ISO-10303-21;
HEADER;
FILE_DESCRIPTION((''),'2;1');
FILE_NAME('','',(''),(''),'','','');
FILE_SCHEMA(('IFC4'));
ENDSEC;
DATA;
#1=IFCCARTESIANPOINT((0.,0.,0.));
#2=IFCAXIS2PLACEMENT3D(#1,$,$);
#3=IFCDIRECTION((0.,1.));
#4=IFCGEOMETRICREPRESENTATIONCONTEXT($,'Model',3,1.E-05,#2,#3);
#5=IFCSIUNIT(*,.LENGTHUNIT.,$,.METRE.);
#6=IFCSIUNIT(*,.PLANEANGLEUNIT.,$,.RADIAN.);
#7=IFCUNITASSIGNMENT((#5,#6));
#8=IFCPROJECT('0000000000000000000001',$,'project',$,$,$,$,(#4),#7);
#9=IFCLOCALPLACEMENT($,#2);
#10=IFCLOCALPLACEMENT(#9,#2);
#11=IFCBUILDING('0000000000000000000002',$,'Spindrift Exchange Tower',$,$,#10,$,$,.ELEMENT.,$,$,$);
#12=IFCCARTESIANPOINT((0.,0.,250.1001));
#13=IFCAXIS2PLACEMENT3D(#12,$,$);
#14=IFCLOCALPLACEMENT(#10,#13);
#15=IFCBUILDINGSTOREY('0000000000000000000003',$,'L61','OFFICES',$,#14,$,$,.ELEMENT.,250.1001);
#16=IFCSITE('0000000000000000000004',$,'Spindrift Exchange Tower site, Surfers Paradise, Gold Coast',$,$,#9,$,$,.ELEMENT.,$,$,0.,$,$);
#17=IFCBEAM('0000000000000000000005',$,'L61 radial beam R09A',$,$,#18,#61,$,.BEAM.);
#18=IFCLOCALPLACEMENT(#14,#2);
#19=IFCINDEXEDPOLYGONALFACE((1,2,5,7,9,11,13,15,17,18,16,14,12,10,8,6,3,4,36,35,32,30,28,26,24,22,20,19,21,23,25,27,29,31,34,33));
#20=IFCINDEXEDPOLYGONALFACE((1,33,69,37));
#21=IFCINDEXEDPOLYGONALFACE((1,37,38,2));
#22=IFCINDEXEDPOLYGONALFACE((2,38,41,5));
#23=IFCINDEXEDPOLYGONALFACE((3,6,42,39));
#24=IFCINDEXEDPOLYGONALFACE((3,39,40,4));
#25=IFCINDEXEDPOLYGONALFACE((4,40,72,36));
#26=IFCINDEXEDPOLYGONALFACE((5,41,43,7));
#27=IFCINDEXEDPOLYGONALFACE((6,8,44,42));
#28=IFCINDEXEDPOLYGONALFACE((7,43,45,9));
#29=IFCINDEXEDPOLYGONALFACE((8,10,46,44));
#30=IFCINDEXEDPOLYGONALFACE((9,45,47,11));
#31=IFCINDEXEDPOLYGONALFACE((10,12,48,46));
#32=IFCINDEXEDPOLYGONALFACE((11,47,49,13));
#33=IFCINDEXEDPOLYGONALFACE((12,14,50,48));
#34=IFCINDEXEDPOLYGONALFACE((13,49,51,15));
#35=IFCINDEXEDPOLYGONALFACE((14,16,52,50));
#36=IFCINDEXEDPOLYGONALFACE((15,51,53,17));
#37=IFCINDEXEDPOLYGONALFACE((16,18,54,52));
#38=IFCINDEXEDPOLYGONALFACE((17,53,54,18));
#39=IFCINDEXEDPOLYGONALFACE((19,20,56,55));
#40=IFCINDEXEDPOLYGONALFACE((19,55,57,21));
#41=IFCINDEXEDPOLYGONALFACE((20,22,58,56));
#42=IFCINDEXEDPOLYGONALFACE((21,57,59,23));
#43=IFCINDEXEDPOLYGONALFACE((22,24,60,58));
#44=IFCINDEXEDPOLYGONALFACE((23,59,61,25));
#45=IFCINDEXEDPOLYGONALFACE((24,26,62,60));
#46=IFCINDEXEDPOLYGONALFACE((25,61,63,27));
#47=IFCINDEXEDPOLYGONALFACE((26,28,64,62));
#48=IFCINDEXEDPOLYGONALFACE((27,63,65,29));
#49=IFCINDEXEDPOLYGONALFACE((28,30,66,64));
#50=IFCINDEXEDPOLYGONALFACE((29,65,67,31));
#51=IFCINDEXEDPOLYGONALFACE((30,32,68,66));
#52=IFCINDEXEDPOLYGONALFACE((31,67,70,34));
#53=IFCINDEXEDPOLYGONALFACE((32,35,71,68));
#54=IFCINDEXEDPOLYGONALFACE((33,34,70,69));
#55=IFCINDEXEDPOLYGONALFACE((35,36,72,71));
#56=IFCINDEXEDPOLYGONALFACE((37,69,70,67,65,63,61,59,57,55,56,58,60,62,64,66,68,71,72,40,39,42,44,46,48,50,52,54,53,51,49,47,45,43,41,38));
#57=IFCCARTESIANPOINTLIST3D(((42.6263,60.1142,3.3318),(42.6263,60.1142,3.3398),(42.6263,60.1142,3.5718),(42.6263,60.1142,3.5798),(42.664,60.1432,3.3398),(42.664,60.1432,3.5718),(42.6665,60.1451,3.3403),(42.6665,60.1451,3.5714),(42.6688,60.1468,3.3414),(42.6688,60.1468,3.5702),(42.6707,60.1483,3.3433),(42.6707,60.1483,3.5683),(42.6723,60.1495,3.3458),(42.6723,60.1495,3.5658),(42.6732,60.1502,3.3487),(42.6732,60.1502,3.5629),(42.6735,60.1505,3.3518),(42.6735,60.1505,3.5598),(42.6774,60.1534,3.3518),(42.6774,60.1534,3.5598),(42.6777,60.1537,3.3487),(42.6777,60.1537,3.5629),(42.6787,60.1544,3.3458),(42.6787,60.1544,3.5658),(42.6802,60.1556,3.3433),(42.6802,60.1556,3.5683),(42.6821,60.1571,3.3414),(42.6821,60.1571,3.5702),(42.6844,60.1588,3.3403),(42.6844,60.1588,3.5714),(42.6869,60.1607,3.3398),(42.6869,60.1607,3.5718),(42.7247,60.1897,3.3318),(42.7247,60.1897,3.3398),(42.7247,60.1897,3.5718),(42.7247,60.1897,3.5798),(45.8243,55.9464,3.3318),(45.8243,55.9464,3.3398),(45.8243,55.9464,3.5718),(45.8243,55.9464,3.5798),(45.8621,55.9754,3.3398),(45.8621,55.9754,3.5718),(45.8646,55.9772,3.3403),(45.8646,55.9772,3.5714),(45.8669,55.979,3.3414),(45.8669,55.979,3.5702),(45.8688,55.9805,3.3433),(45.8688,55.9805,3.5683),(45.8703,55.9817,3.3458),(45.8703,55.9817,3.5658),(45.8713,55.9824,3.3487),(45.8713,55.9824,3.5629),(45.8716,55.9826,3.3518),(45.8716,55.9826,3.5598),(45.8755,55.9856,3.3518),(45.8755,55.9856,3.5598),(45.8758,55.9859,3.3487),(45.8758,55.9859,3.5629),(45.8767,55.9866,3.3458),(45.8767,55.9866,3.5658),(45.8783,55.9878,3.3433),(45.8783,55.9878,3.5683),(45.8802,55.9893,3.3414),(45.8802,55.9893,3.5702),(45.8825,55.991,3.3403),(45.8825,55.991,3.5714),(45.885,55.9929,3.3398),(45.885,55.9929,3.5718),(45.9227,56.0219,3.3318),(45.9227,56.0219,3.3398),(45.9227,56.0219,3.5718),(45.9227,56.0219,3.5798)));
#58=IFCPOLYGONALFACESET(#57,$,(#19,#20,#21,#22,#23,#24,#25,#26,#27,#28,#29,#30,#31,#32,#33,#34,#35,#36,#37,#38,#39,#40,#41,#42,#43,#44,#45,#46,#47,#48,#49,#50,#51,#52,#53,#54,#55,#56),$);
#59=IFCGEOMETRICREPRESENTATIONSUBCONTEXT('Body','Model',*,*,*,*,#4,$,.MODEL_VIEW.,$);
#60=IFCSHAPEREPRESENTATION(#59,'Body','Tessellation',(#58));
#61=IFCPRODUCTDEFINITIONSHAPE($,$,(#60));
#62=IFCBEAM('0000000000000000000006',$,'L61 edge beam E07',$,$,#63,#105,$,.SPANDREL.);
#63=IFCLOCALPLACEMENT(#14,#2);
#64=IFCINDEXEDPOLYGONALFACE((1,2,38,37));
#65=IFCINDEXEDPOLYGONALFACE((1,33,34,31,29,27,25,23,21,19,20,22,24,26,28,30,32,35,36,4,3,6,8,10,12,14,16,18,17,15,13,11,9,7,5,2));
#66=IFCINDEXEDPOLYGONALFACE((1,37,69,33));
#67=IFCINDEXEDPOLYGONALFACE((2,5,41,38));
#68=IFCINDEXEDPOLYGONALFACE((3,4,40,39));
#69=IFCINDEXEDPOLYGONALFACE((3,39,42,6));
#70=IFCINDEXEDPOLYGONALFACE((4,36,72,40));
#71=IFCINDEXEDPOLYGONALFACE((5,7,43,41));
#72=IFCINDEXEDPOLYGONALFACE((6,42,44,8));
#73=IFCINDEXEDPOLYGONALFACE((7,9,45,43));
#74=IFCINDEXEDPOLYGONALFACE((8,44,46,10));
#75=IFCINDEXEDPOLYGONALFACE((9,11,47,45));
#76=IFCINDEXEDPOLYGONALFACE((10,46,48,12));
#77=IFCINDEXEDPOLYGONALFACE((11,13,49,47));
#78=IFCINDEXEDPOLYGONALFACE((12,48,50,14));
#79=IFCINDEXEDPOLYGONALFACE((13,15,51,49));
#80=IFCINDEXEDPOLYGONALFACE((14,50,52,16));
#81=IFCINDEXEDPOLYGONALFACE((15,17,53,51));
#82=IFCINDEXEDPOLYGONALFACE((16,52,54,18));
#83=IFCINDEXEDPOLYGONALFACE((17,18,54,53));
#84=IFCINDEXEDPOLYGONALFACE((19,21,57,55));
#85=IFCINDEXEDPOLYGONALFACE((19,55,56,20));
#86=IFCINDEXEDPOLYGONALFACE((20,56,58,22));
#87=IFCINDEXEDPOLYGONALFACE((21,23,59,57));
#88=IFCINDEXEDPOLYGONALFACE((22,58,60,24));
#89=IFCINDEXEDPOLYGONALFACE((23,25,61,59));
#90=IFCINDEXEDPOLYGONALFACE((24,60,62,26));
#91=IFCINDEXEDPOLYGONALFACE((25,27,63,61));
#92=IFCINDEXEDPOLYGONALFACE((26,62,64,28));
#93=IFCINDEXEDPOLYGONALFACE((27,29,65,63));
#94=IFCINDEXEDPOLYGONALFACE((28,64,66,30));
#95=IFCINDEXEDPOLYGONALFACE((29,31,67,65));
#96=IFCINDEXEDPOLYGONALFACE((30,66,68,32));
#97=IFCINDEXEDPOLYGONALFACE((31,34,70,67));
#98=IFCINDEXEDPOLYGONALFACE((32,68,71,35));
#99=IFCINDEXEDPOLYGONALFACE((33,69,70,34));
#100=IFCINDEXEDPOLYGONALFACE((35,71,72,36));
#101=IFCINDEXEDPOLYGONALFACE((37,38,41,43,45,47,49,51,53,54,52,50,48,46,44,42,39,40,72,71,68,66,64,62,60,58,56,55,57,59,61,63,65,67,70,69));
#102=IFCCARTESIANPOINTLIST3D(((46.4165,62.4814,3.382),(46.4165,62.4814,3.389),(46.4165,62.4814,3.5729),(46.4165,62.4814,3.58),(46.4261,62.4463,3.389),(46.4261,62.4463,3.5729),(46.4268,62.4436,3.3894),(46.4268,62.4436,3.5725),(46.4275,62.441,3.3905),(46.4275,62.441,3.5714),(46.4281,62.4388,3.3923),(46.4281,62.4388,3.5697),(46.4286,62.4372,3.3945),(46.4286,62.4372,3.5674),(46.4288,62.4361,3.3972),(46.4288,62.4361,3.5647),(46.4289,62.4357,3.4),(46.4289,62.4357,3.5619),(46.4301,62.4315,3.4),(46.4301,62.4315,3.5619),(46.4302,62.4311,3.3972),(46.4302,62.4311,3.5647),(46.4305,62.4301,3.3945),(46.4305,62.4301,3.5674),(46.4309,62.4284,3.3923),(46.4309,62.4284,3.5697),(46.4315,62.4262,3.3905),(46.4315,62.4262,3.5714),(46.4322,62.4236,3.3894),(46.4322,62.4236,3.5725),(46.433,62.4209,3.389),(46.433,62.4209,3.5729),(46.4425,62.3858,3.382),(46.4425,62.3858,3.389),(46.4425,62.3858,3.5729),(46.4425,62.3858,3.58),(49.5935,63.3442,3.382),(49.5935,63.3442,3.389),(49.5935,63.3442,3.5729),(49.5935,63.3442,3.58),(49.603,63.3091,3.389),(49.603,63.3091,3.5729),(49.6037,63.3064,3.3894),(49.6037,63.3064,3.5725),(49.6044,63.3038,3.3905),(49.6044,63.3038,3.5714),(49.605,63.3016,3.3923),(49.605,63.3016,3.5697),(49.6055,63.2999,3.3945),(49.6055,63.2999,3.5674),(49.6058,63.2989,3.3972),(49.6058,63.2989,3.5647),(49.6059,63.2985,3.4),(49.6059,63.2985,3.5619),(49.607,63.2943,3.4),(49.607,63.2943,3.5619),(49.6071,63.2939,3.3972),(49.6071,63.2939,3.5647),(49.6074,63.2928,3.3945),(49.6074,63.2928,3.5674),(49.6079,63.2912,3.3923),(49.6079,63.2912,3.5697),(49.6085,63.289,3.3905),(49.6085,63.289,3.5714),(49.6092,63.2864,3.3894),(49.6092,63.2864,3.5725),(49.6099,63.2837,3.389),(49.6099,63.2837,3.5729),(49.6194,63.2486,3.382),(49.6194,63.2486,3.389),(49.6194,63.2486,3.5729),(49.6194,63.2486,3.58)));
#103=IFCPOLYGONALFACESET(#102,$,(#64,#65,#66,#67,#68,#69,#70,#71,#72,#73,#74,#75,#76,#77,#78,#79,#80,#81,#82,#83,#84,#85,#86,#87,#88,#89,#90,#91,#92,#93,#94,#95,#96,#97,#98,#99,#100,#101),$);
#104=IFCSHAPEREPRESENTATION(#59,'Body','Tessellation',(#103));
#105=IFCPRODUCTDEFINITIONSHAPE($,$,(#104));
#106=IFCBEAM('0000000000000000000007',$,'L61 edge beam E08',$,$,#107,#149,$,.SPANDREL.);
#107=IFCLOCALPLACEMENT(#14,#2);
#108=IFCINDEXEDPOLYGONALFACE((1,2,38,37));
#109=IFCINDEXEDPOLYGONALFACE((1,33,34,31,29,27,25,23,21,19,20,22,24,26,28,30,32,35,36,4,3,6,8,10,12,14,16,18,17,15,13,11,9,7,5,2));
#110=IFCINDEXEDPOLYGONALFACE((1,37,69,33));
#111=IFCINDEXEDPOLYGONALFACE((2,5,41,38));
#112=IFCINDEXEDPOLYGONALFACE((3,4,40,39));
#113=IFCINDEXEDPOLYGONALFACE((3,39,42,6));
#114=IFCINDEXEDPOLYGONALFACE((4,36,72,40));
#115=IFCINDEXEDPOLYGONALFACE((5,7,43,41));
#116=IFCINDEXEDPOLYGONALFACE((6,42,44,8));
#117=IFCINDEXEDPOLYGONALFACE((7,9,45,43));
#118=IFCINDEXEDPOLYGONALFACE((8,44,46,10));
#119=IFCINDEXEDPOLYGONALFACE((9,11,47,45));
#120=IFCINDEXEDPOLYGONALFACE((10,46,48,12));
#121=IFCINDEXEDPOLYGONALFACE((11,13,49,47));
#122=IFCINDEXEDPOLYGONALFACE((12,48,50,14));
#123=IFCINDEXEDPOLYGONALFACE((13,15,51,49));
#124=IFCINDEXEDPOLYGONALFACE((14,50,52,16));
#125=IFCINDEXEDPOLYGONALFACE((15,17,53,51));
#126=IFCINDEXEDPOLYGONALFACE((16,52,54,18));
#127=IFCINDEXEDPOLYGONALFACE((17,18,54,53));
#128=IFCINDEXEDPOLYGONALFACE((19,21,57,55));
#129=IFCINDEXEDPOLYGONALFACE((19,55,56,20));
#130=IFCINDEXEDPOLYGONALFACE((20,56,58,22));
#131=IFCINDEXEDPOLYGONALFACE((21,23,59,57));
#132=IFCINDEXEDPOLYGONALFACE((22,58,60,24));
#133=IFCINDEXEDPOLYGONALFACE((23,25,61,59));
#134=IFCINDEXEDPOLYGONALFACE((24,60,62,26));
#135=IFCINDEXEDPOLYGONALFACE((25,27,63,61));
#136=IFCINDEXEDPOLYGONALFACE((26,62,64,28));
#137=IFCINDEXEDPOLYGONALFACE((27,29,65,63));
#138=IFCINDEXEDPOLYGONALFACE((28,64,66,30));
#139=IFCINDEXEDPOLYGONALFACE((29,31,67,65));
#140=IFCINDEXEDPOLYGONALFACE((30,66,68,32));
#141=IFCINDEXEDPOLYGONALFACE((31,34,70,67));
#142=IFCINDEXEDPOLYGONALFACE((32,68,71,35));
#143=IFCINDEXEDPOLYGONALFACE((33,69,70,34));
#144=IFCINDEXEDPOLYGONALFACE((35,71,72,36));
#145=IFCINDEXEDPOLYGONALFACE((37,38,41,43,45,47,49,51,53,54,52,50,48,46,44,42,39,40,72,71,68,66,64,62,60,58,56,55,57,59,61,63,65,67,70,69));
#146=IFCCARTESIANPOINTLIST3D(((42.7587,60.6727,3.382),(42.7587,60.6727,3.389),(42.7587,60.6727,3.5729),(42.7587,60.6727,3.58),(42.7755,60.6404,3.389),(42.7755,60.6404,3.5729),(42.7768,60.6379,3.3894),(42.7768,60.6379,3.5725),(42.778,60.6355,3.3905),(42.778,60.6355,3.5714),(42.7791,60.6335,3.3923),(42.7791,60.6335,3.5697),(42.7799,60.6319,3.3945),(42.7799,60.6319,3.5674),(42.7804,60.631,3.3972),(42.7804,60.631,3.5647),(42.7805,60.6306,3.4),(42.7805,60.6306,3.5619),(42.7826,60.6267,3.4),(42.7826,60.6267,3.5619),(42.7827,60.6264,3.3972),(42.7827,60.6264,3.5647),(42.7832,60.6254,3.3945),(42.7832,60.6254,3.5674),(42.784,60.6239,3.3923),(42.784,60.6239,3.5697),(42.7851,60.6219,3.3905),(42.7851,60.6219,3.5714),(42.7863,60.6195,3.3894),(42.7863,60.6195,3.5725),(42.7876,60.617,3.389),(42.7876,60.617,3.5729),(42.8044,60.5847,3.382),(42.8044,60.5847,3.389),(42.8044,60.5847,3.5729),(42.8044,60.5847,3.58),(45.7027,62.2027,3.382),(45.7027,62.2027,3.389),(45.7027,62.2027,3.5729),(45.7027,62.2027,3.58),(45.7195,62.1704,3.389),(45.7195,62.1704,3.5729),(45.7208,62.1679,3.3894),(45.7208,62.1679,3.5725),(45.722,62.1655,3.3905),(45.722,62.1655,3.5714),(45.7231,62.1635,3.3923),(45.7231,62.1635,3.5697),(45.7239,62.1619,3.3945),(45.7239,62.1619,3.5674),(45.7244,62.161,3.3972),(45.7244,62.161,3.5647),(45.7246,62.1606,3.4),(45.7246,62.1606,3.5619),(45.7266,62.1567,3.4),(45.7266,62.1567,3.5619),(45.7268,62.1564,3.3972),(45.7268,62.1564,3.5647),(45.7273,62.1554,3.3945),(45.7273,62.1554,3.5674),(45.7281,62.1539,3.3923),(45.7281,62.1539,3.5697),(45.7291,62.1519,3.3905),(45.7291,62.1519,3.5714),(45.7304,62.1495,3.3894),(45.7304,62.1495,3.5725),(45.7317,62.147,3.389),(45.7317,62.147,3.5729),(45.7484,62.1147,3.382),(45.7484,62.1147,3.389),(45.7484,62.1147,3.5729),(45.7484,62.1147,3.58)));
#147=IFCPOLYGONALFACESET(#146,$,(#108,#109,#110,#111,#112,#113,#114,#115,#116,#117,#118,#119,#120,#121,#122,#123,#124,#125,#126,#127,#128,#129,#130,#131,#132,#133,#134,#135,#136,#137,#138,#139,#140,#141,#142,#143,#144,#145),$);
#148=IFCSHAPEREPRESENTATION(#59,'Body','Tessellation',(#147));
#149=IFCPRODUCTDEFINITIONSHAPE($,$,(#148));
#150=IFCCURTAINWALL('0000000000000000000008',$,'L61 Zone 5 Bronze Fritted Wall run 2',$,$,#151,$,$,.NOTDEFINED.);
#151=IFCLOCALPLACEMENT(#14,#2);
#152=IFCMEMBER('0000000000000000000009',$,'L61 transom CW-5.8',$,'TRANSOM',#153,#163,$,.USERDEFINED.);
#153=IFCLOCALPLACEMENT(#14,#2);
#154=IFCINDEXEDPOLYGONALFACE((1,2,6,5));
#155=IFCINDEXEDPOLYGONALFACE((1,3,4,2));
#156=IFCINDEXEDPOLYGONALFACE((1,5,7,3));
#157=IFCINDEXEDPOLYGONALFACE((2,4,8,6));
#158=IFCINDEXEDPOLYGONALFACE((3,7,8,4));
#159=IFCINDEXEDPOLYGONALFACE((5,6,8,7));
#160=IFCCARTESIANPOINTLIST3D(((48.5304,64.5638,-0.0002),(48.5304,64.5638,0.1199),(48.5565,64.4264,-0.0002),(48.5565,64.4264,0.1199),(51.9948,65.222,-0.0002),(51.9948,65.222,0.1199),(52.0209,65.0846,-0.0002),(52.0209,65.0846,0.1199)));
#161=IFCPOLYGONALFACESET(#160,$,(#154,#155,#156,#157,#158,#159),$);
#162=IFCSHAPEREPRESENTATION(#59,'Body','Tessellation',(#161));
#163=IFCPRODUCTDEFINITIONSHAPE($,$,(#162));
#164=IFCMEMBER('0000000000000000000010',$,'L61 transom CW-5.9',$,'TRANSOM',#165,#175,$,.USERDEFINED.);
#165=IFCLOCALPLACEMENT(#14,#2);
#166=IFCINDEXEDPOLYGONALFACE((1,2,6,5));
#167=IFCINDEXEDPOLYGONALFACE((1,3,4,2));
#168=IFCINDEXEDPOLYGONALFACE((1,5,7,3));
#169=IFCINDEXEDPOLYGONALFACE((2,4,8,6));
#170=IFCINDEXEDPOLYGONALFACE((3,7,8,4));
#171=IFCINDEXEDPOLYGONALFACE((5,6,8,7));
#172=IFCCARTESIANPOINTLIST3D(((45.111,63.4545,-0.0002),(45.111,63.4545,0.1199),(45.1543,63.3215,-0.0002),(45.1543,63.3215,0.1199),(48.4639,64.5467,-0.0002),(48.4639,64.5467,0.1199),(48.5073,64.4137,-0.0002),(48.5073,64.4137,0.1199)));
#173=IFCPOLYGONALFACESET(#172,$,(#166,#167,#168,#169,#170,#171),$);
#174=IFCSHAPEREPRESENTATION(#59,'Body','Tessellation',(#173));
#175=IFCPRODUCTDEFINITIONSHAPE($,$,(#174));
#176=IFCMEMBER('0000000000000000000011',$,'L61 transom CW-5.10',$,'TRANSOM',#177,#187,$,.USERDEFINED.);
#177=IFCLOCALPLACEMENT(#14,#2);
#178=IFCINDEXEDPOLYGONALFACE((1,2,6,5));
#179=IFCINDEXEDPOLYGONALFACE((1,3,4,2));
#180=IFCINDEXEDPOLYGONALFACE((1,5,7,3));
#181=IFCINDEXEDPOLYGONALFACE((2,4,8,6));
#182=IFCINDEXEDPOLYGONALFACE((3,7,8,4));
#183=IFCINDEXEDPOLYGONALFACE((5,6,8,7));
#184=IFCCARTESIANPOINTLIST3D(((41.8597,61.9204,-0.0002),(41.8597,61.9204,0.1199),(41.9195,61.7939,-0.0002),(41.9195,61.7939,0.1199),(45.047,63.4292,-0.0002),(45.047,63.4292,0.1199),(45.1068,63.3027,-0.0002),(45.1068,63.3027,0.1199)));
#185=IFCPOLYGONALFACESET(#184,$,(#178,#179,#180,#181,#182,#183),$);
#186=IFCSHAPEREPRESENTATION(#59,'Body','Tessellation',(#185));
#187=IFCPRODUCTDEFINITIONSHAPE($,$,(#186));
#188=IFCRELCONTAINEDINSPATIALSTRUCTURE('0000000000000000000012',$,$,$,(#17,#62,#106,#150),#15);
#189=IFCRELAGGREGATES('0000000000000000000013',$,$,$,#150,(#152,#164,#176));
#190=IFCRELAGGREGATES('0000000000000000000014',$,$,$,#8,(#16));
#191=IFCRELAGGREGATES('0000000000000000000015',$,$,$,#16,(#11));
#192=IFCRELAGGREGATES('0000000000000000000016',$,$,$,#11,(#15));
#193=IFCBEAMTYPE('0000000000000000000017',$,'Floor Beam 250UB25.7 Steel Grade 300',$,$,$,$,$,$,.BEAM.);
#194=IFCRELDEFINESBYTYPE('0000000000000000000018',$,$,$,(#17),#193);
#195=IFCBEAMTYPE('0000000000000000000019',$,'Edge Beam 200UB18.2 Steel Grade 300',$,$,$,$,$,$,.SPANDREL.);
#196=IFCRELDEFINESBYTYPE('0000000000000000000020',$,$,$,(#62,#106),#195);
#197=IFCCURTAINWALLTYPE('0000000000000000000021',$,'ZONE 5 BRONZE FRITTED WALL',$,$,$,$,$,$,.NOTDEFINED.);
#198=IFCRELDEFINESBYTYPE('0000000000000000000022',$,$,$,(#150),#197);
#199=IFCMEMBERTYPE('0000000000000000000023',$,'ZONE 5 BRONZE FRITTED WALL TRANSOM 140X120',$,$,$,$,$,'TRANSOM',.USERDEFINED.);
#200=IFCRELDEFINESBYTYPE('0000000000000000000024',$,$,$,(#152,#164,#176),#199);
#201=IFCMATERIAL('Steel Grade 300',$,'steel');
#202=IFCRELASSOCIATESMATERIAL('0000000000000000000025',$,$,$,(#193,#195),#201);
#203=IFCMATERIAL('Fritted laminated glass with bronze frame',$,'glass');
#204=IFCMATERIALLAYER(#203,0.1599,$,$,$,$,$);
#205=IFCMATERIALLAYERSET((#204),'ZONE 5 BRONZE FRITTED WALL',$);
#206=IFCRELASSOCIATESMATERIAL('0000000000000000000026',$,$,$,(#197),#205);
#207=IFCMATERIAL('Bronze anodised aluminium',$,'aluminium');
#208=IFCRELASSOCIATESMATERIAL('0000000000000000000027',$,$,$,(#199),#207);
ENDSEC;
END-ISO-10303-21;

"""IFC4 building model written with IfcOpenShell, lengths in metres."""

from ifc_helpers import new_model, si_unit, direction, frame, origin, origin_2d, place, context, subcontext, project, spatial, rectangle, i_section, extrude, source, transform, mapped, material, layer, layer_set, material_profile, profile_set, type_object, element, aggregate, save


model = new_model("IFC4")

# Units and contexts
model_context = context("Model", 3, precision=1e-05, world=origin(), true_north=direction((0.0, 1.0)))
body_context = subcontext(model_context, "Body", "Model", "MODEL_VIEW")
ifc_project = project(units=[si_unit("LENGTHUNIT", "METRE"), si_unit("PLANEANGLEUNIT", "RADIAN")], contexts=[model_context])

# Site, building, storey
site_placement = place(None, origin())
site = spatial("IfcSite", under=ifc_project, at=site_placement, Name="Spindrift Exchange Tower site, Surfers Paradise, Gold Coast", CompositionType="ELEMENT", RefElevation=0.0)
building_placement = place(site_placement, origin())
building = spatial("IfcBuilding", under=site, at=building_placement, Name="Spindrift Exchange Tower", CompositionType="ELEMENT")
storey_placement = place(building_placement, frame((0.0, 0.0, 250.1001)))
storey = spatial("IfcBuildingStorey", under=building, at=storey_placement, Name="L61", Description="OFFICES", CompositionType="ELEMENT", Elevation=250.1001)

# Beams
ifc_material_1 = material(Name="Steel Grade 300", Category="steel")
ifc_material_profile_1 = material_profile(ifc_material_1, i_section(OverallWidth=0.124, OverallDepth=0.248, WebThickness=0.0049, FlangeThickness=0.0081, FilletRadius=0.012, at=origin_2d()), Name="250UB25.7")
ifc_profile_set_1 = profile_set([ifc_material_profile_1], Name="Steel Grade 300")
beam_type_1 = type_object("IfcBeamType", Name="Floor Beam 250UB25.7 Steel Grade 300", PredefinedType="BEAM", material=ifc_profile_set_1)
shared_shape_1 = source(origin(), body_context, "Body", "SweptSolid", [
    extrude(i_section(OverallWidth=0.124, OverallDepth=0.248, WebThickness=0.0049, FlangeThickness=0.0081, FilletRadius=0.012, at=origin_2d()), origin(), (0.0, 0.0, 1.0), 5.2534),
])
beam_1_placement = place(storey_placement, frame((45.8735, 55.9841, 3.4558), z_axis=(-0.60876, 0.793354, 0.0), x_axis=(-0.793354, -0.60876, 0.0)))
element("IfcBeam", 1, at=beam_1_placement, inside=storey, type_object=beam_type_1, Name="L61 radial beam R09A", PredefinedType="BEAM", context=body_context, shape_type="MappedRepresentation", body=[
    mapped(shared_shape_1, transform((0.0, 0.0, 0.0), scale=1.0)),
])
ifc_material_profile_2 = material_profile(ifc_material_1, i_section(OverallWidth=0.0991, OverallDepth=0.198, WebThickness=0.0044, FlangeThickness=0.0071, FilletRadius=0.011, at=origin_2d()), Name="200UB18.2")
ifc_profile_set_2 = profile_set([ifc_material_profile_2], Name="Steel Grade 300")
beam_type_2 = type_object("IfcBeamType", Name="Edge Beam 200UB18.2 Steel Grade 300", PredefinedType="SPANDREL", material=ifc_profile_set_2)
shared_shape_2 = source(origin(), body_context, "Body", "SweptSolid", [
    extrude(i_section(OverallWidth=0.0991, OverallDepth=0.198, WebThickness=0.0044, FlangeThickness=0.0071, FilletRadius=0.011, at=origin_2d()), origin(), (0.0, 0.0, 1.0), 3.292),
])
beam_2_placement = place(storey_placement, frame((49.6064, 63.2964, 3.481), z_axis=(-0.965046, -0.262082, 0.0), x_axis=(0.262082, -0.965046, 0.0)))
element("IfcBeam", 2, at=beam_2_placement, inside=storey, type_object=beam_type_2, Name="L61 edge beam E07", PredefinedType="SPANDREL", context=body_context, shape_type="MappedRepresentation", body=[
    mapped(shared_shape_2, transform((0.0, 0.0, 0.0), scale=1.0)),
])
shared_shape_3 = source(origin(), body_context, "Body", "SweptSolid", [
    extrude(i_section(OverallWidth=0.0991, OverallDepth=0.198, WebThickness=0.0044, FlangeThickness=0.0071, FilletRadius=0.011, at=origin_2d()), origin(), (0.0, 0.0, 1.0), 3.3179),
])
beam_3_placement = place(storey_placement, frame((45.7256, 62.1587, 3.481), z_axis=(-0.887328, -0.46114, 0.0), x_axis=(0.46114, -0.887328, 0.0)))
element("IfcBeam", 3, at=beam_3_placement, inside=storey, type_object=beam_type_2, Name="L61 edge beam E08", PredefinedType="SPANDREL", context=body_context, shape_type="MappedRepresentation", body=[
    mapped(shared_shape_3, transform((0.0, 0.0, 0.0), scale=1.0)),
])

# Curtain wall, members
ifc_material_2 = material(Name="Fritted laminated glass with bronze frame", Category="glass")
ifc_layer_1 = layer(ifc_material_2, 0.1599)
ifc_layer_set_1 = layer_set([ifc_layer_1], Name="ZONE 5 BRONZE FRITTED WALL")
curtain_wall_type = type_object("IfcCurtainWallType", Name="ZONE 5 BRONZE FRITTED WALL", PredefinedType="NOTDEFINED", material=ifc_layer_set_1)
curtain_wall_placement = place(storey_placement, origin())
curtain_wall = element("IfcCurtainWall", 4, at=curtain_wall_placement, inside=storey, type_object=curtain_wall_type, Name="L61 Zone 5 Bronze Fritted Wall run 2", PredefinedType="NOTDEFINED")
ifc_material_3 = material(Name="Bronze anodised aluminium", Category="aluminium")
ifc_material_profile_3 = material_profile(ifc_material_3, rectangle(XDim=0.1399, YDim=0.1201, at=origin_2d()), Name="ZONE 5 BRONZE FRITTED WALL TRANSOM 140X120")
ifc_profile_set_3 = profile_set([ifc_material_profile_3], Name="Bronze anodised aluminium")
member_type_1 = type_object("IfcMemberType", Name="ZONE 5 BRONZE FRITTED WALL TRANSOM 140X120", ElementType="TRANSOM", PredefinedType="USERDEFINED", material=ifc_profile_set_3)
shared_shape_4 = source(origin(), body_context, "Body", "SweptSolid", [
    extrude(rectangle(XDim=0.1399, YDim=0.1201, at=origin_2d()), origin(), (0.0, 0.0, 1.0), 3.5264),
])
member_1_placement = place(storey_placement, frame((52.0078, 65.1533, 0.0598), z_axis=(-0.982426, -0.186654, 0.0), x_axis=(0.186654, -0.982426, 0.0)))
member_1 = element("IfcMember", 5, at=member_1_placement, type_object=member_type_1, Name="L61 transom CW-5.8", ObjectType="TRANSOM", PredefinedType="USERDEFINED", context=body_context, shape_type="MappedRepresentation", body=[
    mapped(shared_shape_4, transform((0.0, 0.0, 0.0), scale=1.0)),
])
member_2_placement = place(storey_placement, frame((48.4856, 64.4802, 0.0598), z_axis=(-0.950821, -0.30974, 0.0), x_axis=(0.30974, -0.950821, 0.0)))
member_2 = element("IfcMember", 6, at=member_2_placement, type_object=member_type_1, Name="L61 transom CW-5.9", ObjectType="TRANSOM", PredefinedType="USERDEFINED", context=body_context, shape_type="MappedRepresentation", body=[
    mapped(shared_shape_4, transform((0.0, 0.0, 0.0), scale=1.0)),
])
member_3_placement = place(storey_placement, frame((45.0769, 63.366, 0.0598), z_axis=(-0.903844, -0.427863, 0.0), x_axis=(0.427863, -0.903844, 0.0)))
member_3 = element("IfcMember", 7, at=member_3_placement, type_object=member_type_1, Name="L61 transom CW-5.10", ObjectType="TRANSOM", PredefinedType="USERDEFINED", context=body_context, shape_type="MappedRepresentation", body=[
    mapped(shared_shape_4, transform((0.0, 0.0, 0.0), scale=1.0)),
])
aggregate(curtain_wall, [member_1, member_2, member_3])

save(model, "model.ifc")
